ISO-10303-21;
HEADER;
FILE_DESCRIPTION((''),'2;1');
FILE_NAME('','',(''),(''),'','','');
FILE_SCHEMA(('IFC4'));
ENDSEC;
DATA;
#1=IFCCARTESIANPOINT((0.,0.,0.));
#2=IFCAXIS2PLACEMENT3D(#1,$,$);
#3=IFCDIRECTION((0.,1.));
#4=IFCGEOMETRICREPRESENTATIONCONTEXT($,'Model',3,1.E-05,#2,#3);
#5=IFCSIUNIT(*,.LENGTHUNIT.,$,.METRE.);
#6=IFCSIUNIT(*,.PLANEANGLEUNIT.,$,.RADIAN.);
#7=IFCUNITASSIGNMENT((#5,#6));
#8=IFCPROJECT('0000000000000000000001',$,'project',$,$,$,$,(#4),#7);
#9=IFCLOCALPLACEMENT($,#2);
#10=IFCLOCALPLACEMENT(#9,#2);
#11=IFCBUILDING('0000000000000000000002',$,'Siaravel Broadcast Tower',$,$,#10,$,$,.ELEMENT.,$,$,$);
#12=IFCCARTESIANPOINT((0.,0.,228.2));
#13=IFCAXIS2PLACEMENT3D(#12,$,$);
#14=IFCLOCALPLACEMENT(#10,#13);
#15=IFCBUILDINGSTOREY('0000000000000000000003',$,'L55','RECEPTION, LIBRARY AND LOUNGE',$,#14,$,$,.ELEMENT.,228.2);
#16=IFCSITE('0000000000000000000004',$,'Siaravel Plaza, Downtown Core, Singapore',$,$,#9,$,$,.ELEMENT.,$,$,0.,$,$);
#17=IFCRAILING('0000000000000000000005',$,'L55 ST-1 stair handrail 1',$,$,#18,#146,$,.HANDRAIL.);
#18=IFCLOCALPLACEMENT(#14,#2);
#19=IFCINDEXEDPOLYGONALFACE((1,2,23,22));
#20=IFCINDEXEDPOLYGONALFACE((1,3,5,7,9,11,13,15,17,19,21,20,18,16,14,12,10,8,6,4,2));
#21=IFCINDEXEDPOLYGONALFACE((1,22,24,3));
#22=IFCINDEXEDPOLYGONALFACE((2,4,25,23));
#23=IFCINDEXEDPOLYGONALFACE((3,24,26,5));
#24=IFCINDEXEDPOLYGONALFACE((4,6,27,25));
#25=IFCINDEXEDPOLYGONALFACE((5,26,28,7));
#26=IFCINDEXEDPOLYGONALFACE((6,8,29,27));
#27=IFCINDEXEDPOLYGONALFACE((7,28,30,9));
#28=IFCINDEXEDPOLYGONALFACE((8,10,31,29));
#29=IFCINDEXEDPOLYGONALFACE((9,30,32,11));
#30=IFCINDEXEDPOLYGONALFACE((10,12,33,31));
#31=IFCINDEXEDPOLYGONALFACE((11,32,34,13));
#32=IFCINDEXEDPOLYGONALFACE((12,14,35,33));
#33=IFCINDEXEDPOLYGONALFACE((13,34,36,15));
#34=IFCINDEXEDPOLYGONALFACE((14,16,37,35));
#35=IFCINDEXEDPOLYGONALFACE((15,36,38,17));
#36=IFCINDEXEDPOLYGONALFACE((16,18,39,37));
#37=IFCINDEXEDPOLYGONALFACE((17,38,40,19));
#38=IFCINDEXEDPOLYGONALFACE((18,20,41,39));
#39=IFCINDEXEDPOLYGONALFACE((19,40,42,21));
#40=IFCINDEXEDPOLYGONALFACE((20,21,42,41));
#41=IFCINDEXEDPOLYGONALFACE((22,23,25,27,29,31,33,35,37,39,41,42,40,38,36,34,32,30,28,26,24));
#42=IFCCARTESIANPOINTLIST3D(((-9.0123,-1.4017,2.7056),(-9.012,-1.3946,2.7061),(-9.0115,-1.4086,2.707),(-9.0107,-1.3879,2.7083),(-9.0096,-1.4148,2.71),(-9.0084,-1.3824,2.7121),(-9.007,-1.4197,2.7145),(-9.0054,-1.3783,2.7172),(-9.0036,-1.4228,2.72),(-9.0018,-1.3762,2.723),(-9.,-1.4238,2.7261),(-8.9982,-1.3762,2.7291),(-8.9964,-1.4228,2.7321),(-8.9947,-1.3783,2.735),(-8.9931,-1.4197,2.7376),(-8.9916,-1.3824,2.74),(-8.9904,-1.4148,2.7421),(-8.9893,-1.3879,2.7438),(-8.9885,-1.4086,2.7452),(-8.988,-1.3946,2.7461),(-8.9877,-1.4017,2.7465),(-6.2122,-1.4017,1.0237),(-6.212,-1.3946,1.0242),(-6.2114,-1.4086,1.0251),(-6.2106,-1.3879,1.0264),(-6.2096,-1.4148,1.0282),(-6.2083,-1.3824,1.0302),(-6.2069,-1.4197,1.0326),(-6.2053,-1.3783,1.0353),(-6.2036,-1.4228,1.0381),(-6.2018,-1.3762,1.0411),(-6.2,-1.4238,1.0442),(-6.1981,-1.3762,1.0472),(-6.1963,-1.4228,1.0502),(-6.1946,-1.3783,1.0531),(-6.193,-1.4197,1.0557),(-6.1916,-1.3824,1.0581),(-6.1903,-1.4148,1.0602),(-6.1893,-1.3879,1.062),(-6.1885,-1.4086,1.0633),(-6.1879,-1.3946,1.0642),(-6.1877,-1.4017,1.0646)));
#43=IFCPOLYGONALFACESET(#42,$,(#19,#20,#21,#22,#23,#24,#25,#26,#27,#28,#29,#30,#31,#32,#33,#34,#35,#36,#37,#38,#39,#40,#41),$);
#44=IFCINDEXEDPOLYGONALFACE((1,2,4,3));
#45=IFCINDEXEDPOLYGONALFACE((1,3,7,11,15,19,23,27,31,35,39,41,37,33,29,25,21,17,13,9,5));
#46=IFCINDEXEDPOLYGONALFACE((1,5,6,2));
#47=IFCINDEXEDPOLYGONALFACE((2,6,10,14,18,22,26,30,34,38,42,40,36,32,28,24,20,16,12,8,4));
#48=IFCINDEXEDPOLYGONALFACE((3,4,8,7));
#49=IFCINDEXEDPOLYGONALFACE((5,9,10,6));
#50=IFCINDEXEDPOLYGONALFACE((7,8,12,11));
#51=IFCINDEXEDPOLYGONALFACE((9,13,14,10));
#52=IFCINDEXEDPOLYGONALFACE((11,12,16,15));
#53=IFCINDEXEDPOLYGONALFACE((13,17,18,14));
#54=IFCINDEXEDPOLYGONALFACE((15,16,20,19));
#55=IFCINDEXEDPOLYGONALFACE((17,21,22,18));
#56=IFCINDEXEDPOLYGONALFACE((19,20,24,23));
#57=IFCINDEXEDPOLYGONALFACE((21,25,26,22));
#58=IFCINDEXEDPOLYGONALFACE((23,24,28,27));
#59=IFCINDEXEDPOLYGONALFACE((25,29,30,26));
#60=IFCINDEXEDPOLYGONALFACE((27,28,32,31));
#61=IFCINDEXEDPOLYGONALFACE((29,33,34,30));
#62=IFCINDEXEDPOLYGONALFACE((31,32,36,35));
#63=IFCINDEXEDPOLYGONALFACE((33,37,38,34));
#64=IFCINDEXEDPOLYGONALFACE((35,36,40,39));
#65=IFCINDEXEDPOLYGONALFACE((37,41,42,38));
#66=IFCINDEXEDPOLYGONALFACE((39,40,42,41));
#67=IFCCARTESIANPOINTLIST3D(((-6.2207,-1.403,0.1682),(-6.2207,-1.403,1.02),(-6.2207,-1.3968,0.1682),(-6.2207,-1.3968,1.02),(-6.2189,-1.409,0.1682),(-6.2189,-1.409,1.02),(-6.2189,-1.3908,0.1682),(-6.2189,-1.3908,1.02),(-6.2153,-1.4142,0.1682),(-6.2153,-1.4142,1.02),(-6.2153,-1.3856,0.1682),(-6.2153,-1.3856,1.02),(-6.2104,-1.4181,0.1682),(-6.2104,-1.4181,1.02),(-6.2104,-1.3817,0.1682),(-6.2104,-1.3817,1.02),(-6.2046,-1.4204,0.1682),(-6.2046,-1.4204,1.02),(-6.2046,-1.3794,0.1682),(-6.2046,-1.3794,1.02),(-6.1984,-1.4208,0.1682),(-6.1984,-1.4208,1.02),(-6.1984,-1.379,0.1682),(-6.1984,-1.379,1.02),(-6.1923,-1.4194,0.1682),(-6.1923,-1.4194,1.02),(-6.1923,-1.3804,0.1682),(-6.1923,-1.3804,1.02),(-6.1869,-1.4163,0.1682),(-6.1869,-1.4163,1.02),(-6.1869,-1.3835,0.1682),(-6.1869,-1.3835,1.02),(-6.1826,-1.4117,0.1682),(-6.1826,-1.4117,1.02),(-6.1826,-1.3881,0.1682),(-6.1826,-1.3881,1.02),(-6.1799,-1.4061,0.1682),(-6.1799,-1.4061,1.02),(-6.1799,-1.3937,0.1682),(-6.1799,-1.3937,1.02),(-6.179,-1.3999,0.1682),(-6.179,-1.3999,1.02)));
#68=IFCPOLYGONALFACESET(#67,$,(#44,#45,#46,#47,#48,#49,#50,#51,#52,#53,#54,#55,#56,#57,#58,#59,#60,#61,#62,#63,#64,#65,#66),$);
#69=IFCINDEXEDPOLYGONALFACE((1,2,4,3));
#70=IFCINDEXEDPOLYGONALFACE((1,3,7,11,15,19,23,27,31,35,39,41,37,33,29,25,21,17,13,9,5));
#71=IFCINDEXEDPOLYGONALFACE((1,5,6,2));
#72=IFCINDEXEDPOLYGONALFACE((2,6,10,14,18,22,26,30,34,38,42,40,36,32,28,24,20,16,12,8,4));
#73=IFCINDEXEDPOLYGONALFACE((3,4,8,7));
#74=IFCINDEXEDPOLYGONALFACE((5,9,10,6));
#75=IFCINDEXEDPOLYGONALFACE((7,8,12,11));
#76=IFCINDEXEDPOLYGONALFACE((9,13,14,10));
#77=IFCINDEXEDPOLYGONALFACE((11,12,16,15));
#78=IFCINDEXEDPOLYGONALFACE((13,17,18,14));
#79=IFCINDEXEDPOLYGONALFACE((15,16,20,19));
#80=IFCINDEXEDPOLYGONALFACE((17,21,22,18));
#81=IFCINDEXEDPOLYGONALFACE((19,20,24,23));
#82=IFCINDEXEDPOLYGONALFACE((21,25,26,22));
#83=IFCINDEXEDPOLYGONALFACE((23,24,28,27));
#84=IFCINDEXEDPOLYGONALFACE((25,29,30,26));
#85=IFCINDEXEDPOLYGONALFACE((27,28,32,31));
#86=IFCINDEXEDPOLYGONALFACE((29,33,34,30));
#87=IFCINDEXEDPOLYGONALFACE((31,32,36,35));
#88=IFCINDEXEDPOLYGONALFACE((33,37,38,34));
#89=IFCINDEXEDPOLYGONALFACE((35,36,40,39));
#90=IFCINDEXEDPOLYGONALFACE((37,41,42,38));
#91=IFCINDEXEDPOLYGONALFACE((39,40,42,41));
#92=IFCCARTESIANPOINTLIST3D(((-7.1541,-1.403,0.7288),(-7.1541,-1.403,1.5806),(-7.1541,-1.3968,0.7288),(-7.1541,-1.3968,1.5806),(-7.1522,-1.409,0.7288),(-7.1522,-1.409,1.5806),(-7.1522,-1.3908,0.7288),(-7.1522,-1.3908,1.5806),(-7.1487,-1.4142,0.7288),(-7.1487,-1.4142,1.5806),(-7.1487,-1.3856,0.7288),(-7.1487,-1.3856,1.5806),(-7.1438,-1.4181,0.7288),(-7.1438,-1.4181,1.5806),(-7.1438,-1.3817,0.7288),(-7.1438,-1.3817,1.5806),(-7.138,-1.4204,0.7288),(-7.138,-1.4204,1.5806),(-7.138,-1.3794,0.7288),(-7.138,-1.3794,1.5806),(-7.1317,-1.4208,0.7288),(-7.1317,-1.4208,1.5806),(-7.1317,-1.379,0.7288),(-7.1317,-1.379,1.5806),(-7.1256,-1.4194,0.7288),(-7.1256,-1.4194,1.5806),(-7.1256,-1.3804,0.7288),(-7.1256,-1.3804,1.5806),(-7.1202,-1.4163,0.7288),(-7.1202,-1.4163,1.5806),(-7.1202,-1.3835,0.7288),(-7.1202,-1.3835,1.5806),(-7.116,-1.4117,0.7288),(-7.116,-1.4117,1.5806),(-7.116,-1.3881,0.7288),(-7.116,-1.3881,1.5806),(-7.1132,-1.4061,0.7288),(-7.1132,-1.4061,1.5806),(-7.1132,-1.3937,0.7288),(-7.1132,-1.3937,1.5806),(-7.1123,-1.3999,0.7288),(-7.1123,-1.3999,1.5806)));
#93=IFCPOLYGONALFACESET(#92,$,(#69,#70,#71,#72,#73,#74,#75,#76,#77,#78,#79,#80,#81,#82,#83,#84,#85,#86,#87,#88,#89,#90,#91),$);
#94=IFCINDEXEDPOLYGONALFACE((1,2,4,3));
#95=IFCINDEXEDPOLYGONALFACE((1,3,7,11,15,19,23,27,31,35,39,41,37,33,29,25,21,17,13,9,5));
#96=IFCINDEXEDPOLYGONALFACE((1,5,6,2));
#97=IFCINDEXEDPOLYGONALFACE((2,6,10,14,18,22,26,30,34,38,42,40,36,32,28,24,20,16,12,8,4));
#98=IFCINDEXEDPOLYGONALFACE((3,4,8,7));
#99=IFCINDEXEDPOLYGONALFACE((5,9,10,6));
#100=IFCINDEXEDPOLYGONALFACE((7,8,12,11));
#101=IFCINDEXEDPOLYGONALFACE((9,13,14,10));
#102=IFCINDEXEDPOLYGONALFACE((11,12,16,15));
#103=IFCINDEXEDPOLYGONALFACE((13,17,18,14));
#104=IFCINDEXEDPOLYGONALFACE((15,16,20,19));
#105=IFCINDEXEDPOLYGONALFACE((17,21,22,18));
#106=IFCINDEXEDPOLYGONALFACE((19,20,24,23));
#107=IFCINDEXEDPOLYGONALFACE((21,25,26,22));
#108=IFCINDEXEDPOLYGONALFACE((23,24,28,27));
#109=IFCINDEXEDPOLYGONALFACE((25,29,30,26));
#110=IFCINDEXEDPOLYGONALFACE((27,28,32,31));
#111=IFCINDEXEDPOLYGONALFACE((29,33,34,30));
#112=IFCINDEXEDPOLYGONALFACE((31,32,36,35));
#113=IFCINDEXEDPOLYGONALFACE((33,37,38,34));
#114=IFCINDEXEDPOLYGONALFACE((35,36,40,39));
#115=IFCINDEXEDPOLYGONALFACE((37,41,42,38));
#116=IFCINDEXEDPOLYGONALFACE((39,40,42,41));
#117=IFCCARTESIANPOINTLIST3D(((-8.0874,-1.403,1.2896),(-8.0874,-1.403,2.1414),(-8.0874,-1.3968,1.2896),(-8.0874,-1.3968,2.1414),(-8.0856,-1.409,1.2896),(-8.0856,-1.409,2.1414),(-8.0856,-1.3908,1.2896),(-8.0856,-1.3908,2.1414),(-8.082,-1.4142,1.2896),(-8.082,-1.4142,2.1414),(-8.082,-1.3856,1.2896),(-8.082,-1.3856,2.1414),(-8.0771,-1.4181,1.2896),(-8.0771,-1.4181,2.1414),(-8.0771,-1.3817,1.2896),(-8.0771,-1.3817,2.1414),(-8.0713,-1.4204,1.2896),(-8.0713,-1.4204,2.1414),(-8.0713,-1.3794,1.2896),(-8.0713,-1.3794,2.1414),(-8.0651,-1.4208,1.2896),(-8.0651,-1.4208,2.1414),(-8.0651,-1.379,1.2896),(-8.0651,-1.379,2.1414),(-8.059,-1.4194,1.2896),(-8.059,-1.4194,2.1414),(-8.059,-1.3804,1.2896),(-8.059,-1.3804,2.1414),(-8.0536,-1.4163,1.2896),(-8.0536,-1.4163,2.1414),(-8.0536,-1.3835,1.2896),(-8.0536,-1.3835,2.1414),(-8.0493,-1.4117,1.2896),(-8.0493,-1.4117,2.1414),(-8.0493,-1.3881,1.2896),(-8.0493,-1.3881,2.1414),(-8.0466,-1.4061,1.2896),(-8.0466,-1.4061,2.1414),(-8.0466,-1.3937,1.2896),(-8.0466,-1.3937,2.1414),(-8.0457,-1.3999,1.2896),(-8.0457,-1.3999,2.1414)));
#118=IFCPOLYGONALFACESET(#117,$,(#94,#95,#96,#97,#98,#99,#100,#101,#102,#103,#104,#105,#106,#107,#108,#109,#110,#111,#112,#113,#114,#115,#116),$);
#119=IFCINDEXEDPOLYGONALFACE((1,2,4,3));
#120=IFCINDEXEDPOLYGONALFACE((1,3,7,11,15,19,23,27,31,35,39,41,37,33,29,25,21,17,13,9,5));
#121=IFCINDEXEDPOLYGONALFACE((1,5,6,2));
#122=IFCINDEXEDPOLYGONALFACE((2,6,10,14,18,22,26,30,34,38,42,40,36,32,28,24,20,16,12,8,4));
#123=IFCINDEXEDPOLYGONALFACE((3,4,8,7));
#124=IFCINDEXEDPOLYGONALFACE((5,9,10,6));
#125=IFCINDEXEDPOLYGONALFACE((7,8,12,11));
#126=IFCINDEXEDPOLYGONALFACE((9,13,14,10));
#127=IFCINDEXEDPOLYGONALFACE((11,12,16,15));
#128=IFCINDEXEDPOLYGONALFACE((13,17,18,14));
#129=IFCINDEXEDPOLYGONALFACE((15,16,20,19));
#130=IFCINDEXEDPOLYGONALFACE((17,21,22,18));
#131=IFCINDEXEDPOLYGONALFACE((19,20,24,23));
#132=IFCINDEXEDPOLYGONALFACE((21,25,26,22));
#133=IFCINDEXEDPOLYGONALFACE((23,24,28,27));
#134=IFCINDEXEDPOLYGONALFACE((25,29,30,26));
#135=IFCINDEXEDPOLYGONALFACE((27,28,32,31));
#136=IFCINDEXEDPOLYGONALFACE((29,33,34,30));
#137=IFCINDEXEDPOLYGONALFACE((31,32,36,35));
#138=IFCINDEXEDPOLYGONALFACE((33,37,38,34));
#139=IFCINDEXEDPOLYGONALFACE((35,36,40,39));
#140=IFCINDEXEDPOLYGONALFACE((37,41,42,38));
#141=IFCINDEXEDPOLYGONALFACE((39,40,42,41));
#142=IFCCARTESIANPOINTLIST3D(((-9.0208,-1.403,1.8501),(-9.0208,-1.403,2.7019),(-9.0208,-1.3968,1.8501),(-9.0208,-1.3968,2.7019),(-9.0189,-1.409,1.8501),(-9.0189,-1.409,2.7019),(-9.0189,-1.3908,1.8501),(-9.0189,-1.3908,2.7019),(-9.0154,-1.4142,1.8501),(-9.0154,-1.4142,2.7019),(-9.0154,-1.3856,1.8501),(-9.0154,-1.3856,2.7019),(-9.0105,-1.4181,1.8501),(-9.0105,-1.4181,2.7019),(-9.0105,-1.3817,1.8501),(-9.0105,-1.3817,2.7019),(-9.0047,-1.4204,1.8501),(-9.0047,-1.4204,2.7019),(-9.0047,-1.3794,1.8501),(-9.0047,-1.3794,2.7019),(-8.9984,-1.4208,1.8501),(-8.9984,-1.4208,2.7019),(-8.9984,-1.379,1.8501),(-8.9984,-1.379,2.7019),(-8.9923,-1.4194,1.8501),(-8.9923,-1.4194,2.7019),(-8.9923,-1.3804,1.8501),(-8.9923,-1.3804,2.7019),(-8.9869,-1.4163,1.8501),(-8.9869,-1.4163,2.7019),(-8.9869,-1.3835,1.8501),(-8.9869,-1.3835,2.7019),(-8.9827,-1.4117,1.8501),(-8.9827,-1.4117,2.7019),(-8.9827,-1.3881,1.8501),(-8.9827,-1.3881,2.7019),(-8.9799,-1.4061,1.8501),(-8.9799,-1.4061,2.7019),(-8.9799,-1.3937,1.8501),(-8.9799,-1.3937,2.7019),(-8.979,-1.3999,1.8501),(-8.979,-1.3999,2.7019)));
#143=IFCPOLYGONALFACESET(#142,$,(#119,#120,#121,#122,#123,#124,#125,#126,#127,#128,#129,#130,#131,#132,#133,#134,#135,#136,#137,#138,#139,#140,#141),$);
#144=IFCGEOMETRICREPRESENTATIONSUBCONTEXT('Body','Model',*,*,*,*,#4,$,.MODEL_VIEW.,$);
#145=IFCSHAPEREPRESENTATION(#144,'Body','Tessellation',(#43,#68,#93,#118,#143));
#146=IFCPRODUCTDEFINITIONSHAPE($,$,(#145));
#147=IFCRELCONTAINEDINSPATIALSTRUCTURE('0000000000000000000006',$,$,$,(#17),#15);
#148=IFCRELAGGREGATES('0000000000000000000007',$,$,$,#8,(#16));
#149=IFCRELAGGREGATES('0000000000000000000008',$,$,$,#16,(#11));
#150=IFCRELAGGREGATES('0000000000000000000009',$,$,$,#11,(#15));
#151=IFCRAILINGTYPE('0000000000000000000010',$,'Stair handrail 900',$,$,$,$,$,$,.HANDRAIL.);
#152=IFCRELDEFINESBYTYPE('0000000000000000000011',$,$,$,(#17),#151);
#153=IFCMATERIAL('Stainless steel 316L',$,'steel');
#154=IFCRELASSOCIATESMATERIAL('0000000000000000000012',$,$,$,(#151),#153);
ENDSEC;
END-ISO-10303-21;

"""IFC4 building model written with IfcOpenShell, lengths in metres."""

from ifc_helpers import new_model, si_unit, direction, frame, origin, origin_2d, place, context, subcontext, project, spatial, circle, extrude, material, type_object, element, save


model = new_model("IFC4")

# Units and contexts
model_context = context("Model", 3, precision=1e-05, world=origin(), true_north=direction((0.0, 1.0)))
body_context = subcontext(model_context, "Body", "Model", "MODEL_VIEW")
ifc_project = project(units=[si_unit("LENGTHUNIT", "METRE"), si_unit("PLANEANGLEUNIT", "RADIAN")], contexts=[model_context])

# Site, building, storey
site_placement = place(None, origin())
site = spatial("IfcSite", under=ifc_project, at=site_placement, Name="Siaravel Plaza, Downtown Core, Singapore", CompositionType="ELEMENT", RefElevation=0.0)
building_placement = place(site_placement, origin())
building = spatial("IfcBuilding", under=site, at=building_placement, Name="Siaravel Broadcast Tower", CompositionType="ELEMENT")
storey_placement = place(building_placement, frame((0.0, 0.0, 228.2)))
storey = spatial("IfcBuildingStorey", under=building, at=storey_placement, Name="L55", Description="RECEPTION, LIBRARY AND LOUNGE", CompositionType="ELEMENT", Elevation=228.2)

# Shared definitions
ifc_material_1 = material(Name="Stainless steel 316L", Category="steel")

# Railing
railing_type_1 = type_object("IfcRailingType", Name="Stair handrail 900", PredefinedType="HANDRAIL", material=ifc_material_1)
railing_1_placement = place(storey_placement, frame((-6.2, -1.3999, 0.1682)))
element("IfcRailing", 1, at=railing_1_placement, inside=storey, type_object=railing_type_1, Name="L55 ST-1 stair handrail 1", PredefinedType="HANDRAIL", context=body_context, shape_type="SweptSolid", body=[
    extrude(circle(Radius=0.0239, at=origin_2d()), frame((0.0, 0.0, 0.876), z_axis=(-0.857242, 0.0, 0.514913), x_axis=(0.0, -1.0, 0.0)), (0.0, 0.0, 1.0), 3.2664),
    extrude(circle(Radius=0.021, at=origin_2d()), origin(), (0.0, 0.0, 1.0), 0.8518),
    extrude(circle(Radius=0.021, at=origin_2d()), frame((-0.9333, 0.0, 0.5605)), (0.0, 0.0, 1.0), 0.8518),
    extrude(circle(Radius=0.021, at=origin_2d()), frame((-1.8667, 0.0, 1.1213)), (0.0, 0.0, 1.0), 0.8518),
    extrude(circle(Radius=0.021, at=origin_2d()), frame((-2.8, 0.0, 1.6819)), (0.0, 0.0, 1.0), 0.8518),
])

save(model, "model.ifc")
